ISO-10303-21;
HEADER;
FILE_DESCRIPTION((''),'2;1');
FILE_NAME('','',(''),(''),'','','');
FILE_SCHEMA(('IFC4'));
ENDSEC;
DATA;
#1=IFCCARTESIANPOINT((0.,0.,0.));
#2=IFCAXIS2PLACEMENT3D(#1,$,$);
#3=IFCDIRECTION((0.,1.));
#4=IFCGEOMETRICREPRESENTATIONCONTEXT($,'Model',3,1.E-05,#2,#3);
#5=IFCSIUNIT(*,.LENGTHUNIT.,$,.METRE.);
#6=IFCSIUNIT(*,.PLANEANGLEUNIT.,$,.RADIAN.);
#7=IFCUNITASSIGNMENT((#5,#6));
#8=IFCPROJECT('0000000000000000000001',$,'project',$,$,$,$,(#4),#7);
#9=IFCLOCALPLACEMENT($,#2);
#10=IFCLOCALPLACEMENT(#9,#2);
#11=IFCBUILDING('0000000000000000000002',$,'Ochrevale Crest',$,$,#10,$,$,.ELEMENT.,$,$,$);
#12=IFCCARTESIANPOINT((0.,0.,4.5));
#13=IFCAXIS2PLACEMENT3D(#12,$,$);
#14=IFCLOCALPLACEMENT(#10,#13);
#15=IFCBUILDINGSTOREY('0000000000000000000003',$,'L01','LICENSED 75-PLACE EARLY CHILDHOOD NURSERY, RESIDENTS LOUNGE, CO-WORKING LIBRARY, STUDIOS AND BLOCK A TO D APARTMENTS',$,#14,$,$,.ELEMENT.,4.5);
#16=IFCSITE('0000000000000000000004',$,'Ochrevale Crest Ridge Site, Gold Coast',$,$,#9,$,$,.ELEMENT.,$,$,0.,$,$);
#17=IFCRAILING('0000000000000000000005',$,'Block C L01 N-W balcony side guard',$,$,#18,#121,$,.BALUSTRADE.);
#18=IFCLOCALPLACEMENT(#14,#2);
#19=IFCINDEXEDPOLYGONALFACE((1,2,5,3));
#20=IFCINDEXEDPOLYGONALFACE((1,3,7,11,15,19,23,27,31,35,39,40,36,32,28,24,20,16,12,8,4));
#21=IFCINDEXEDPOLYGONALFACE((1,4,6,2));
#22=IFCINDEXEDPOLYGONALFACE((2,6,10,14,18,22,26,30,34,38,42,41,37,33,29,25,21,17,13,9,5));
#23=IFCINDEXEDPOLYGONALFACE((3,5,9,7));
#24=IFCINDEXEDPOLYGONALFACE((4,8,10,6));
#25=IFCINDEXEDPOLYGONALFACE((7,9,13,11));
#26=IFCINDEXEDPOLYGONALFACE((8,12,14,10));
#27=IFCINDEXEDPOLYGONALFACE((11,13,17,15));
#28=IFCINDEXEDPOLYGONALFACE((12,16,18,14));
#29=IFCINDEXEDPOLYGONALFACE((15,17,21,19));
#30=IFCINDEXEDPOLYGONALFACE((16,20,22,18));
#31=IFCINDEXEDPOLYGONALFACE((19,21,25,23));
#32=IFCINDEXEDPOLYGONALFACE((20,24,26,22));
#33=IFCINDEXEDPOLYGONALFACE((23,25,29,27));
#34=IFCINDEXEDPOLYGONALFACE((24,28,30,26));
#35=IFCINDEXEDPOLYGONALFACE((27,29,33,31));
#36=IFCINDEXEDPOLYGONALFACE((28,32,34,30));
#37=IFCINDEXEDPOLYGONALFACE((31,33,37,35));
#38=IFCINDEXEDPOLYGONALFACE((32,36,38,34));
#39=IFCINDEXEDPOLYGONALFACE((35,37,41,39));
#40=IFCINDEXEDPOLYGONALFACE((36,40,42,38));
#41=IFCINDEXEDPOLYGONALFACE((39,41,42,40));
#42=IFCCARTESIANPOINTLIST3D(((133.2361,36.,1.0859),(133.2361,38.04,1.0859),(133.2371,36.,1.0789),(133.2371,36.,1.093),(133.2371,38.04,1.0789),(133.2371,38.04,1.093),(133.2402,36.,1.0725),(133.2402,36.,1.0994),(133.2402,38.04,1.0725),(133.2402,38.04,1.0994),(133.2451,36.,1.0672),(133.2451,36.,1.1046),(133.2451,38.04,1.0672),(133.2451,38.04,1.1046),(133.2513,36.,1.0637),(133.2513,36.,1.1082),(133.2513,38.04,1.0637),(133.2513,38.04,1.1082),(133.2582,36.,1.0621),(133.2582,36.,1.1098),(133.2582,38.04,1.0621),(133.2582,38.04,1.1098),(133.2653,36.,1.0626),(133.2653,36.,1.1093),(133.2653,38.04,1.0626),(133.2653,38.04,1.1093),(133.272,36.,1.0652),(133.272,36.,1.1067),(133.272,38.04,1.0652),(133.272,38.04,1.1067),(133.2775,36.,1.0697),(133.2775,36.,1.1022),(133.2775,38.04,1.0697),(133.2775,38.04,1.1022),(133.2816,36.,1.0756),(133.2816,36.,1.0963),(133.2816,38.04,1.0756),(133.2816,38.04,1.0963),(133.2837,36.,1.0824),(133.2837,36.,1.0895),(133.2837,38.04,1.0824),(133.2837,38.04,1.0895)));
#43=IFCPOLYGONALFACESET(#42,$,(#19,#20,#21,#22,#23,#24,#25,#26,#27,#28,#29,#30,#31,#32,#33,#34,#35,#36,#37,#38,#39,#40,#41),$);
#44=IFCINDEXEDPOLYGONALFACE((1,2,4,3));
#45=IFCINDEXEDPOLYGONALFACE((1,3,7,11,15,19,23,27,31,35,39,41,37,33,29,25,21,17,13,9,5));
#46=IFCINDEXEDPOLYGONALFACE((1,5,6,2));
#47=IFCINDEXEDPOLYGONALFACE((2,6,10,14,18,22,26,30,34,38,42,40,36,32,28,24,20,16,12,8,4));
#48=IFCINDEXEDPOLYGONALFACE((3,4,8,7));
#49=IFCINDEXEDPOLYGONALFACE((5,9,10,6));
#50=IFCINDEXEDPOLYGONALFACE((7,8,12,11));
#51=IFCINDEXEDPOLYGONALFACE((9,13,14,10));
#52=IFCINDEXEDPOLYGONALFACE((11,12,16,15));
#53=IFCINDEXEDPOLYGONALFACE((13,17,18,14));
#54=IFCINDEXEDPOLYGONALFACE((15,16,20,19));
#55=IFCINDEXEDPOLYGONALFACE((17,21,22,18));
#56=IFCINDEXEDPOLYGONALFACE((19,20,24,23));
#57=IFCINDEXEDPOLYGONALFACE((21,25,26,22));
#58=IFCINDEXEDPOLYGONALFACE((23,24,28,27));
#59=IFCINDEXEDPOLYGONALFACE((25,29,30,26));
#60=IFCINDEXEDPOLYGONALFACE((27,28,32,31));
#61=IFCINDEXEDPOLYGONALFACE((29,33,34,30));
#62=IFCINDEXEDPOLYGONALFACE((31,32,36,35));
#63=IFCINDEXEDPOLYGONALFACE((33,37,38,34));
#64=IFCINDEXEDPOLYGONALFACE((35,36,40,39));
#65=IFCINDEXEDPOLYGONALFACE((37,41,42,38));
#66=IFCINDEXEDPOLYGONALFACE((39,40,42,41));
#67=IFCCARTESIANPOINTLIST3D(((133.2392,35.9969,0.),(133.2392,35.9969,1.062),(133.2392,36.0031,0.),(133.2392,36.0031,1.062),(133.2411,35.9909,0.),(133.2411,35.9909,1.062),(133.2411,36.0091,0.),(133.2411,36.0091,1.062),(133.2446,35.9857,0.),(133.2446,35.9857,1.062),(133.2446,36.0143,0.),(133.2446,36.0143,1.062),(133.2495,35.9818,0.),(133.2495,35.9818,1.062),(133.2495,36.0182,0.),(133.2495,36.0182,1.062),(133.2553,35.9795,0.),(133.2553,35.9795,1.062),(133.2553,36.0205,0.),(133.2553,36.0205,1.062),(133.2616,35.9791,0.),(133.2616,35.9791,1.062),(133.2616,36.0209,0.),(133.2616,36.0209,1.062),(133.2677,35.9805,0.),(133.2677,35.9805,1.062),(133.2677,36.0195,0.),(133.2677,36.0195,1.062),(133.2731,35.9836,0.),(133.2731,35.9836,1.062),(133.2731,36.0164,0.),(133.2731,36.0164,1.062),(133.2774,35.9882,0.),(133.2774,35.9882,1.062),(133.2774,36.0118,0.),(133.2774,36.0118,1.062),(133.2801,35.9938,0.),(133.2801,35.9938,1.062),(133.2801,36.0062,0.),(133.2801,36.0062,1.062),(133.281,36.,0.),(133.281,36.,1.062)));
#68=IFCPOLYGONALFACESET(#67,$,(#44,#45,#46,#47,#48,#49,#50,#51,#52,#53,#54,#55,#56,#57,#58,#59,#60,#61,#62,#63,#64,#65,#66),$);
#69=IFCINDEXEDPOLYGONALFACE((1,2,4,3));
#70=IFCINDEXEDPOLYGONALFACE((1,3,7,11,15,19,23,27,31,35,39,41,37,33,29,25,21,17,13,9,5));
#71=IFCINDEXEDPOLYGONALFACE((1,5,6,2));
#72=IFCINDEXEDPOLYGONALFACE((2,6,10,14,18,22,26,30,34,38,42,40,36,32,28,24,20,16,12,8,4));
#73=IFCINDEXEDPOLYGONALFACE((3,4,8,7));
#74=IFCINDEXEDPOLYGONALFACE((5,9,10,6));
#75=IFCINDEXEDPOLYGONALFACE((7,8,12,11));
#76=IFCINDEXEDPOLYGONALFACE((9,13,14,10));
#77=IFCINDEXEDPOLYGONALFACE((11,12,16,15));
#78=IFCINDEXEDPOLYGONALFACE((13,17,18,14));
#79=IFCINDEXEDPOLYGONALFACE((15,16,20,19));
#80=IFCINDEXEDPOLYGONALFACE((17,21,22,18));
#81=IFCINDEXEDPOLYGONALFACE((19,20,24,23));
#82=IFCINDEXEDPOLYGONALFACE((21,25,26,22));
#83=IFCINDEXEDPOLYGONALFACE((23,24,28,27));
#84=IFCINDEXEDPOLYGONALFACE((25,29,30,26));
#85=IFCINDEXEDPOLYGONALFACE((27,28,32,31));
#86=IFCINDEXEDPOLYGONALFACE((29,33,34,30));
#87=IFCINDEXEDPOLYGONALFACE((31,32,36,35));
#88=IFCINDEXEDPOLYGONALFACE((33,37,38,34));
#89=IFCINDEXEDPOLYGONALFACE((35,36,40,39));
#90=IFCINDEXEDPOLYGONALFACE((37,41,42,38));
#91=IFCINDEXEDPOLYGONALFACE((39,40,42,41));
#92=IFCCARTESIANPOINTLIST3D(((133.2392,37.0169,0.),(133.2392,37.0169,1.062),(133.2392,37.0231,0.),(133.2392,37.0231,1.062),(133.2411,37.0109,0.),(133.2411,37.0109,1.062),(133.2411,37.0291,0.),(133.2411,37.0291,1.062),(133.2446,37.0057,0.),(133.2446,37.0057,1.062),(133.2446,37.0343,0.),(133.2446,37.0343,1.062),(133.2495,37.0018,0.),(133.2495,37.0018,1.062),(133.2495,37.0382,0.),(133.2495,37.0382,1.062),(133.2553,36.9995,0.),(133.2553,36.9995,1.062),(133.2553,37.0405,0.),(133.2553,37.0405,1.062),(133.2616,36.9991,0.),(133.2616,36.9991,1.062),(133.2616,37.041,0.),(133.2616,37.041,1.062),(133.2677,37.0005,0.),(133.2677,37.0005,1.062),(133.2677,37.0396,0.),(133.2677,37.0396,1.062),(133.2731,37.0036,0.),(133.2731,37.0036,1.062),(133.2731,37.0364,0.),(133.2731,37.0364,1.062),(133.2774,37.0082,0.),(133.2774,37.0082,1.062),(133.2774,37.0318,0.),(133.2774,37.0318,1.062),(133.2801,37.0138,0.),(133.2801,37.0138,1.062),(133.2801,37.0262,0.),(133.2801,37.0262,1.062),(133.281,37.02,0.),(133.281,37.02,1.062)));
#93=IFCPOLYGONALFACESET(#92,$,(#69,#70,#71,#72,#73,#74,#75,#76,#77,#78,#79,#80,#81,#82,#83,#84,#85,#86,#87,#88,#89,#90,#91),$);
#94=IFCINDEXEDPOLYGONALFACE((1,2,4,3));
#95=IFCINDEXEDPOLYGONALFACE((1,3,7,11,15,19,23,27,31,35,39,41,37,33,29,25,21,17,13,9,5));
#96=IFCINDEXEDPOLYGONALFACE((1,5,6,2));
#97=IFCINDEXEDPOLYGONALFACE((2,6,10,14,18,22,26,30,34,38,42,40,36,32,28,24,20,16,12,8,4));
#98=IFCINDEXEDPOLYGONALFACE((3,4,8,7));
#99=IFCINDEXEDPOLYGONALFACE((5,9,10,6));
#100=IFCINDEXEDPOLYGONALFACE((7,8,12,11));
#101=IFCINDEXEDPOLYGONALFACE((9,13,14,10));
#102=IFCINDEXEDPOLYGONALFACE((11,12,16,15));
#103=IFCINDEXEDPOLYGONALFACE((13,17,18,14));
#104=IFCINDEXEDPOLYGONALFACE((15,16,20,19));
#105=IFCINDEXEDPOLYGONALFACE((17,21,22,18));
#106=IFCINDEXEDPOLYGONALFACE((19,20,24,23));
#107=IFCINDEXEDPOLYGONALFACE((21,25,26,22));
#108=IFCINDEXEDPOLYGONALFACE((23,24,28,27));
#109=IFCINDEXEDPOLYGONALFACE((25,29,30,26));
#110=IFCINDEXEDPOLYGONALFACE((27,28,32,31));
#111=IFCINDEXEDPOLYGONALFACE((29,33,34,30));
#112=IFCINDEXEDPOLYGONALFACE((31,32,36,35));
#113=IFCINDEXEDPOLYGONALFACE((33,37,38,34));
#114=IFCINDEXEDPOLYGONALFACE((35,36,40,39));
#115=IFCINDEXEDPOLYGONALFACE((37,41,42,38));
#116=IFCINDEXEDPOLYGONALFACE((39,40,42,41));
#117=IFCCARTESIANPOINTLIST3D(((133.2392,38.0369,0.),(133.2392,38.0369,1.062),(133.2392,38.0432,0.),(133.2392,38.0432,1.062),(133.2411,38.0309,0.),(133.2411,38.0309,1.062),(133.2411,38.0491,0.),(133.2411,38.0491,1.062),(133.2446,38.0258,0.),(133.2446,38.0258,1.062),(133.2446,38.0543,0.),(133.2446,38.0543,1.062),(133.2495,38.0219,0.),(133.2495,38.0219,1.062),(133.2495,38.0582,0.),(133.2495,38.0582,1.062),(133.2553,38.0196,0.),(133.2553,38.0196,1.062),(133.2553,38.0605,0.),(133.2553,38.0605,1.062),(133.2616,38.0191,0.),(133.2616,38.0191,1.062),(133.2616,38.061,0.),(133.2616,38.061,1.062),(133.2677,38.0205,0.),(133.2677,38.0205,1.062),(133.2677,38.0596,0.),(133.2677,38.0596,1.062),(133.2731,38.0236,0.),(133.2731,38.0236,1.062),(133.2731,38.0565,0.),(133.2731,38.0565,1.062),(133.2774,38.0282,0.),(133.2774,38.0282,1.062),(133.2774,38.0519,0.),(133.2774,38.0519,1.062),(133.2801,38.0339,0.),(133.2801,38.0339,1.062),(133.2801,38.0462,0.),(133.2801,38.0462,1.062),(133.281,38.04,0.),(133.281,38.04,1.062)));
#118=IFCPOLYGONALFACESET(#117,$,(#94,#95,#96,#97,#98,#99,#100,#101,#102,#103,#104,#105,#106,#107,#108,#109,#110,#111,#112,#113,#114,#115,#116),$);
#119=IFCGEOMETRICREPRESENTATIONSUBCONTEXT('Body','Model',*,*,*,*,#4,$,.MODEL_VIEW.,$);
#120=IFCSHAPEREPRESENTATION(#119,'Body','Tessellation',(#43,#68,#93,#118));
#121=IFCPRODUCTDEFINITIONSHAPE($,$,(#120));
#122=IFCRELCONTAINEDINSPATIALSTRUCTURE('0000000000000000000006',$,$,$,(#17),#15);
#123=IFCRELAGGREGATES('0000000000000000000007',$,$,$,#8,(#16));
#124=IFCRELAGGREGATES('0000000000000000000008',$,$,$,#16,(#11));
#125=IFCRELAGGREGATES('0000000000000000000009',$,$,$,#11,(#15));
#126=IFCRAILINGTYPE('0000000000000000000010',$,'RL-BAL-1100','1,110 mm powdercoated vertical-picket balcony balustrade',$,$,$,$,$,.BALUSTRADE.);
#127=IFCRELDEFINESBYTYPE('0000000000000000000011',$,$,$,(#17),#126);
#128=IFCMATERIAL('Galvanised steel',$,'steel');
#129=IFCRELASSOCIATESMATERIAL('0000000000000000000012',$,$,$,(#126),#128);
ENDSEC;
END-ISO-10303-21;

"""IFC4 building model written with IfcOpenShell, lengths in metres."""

from ifc_helpers import new_model, si_unit, direction, frame, origin, origin_2d, place, context, subcontext, project, spatial, circle, extrude, material, type_object, element, save


model = new_model("IFC4")

# Units and contexts
model_context = context("Model", 3, precision=1e-05, world=origin(), true_north=direction((0.0, 1.0)))
body_context = subcontext(model_context, "Body", "Model", "MODEL_VIEW")
ifc_project = project(units=[si_unit("LENGTHUNIT", "METRE"), si_unit("PLANEANGLEUNIT", "RADIAN")], contexts=[model_context])

# Site, building, storey
site_placement = place(None, origin())
site = spatial("IfcSite", under=ifc_project, at=site_placement, Name="Ochrevale Crest Ridge Site, Gold Coast", CompositionType="ELEMENT", RefElevation=0.0)
building_placement = place(site_placement, origin())
building = spatial("IfcBuilding", under=site, at=building_placement, Name="Ochrevale Crest", CompositionType="ELEMENT")
storey_placement = place(building_placement, frame((0.0, 0.0, 4.5)))
storey = spatial("IfcBuildingStorey", under=building, at=storey_placement, Name="L01", Description="LICENSED 75-PLACE EARLY CHILDHOOD NURSERY, RESIDENTS LOUNGE, CO-WORKING LIBRARY, STUDIOS AND BLOCK A TO D APARTMENTS", CompositionType="ELEMENT", Elevation=4.5)

# Railing
ifc_material_1 = material(Name="Galvanised steel", Category="steel")
railing_type_1 = type_object("IfcRailingType", Name="RL-BAL-1100", Description="1,110 mm powdercoated vertical-picket balcony balustrade", PredefinedType="BALUSTRADE", material=ifc_material_1)
railing_1_placement = place(storey_placement, frame((133.26, 36.0, 0.0)))
element("IfcRailing", 1, at=railing_1_placement, inside=storey, type_object=railing_type_1, Name="Block C L01 N-W balcony side guard", PredefinedType="BALUSTRADE", context=body_context, shape_type="SweptSolid", body=[
    extrude(circle(Radius=0.0239, at=origin_2d()), frame((0.0, 0.0, 1.0859), z_axis=(0.0, 1.0, 0.0), x_axis=(-1.0, 0.0, 0.0)), (0.0, 0.0, 1.0), 2.04),
    extrude(circle(Radius=0.021, at=origin_2d()), origin(), (0.0, 0.0, 1.0), 1.062),
    extrude(circle(Radius=0.021, at=origin_2d()), frame((0.0, 1.02, 0.0)), (0.0, 0.0, 1.0), 1.062),
    extrude(circle(Radius=0.021, at=origin_2d()), frame((0.0, 2.04, 0.0)), (0.0, 0.0, 1.0), 1.062),
])

save(model, "model.ifc")
